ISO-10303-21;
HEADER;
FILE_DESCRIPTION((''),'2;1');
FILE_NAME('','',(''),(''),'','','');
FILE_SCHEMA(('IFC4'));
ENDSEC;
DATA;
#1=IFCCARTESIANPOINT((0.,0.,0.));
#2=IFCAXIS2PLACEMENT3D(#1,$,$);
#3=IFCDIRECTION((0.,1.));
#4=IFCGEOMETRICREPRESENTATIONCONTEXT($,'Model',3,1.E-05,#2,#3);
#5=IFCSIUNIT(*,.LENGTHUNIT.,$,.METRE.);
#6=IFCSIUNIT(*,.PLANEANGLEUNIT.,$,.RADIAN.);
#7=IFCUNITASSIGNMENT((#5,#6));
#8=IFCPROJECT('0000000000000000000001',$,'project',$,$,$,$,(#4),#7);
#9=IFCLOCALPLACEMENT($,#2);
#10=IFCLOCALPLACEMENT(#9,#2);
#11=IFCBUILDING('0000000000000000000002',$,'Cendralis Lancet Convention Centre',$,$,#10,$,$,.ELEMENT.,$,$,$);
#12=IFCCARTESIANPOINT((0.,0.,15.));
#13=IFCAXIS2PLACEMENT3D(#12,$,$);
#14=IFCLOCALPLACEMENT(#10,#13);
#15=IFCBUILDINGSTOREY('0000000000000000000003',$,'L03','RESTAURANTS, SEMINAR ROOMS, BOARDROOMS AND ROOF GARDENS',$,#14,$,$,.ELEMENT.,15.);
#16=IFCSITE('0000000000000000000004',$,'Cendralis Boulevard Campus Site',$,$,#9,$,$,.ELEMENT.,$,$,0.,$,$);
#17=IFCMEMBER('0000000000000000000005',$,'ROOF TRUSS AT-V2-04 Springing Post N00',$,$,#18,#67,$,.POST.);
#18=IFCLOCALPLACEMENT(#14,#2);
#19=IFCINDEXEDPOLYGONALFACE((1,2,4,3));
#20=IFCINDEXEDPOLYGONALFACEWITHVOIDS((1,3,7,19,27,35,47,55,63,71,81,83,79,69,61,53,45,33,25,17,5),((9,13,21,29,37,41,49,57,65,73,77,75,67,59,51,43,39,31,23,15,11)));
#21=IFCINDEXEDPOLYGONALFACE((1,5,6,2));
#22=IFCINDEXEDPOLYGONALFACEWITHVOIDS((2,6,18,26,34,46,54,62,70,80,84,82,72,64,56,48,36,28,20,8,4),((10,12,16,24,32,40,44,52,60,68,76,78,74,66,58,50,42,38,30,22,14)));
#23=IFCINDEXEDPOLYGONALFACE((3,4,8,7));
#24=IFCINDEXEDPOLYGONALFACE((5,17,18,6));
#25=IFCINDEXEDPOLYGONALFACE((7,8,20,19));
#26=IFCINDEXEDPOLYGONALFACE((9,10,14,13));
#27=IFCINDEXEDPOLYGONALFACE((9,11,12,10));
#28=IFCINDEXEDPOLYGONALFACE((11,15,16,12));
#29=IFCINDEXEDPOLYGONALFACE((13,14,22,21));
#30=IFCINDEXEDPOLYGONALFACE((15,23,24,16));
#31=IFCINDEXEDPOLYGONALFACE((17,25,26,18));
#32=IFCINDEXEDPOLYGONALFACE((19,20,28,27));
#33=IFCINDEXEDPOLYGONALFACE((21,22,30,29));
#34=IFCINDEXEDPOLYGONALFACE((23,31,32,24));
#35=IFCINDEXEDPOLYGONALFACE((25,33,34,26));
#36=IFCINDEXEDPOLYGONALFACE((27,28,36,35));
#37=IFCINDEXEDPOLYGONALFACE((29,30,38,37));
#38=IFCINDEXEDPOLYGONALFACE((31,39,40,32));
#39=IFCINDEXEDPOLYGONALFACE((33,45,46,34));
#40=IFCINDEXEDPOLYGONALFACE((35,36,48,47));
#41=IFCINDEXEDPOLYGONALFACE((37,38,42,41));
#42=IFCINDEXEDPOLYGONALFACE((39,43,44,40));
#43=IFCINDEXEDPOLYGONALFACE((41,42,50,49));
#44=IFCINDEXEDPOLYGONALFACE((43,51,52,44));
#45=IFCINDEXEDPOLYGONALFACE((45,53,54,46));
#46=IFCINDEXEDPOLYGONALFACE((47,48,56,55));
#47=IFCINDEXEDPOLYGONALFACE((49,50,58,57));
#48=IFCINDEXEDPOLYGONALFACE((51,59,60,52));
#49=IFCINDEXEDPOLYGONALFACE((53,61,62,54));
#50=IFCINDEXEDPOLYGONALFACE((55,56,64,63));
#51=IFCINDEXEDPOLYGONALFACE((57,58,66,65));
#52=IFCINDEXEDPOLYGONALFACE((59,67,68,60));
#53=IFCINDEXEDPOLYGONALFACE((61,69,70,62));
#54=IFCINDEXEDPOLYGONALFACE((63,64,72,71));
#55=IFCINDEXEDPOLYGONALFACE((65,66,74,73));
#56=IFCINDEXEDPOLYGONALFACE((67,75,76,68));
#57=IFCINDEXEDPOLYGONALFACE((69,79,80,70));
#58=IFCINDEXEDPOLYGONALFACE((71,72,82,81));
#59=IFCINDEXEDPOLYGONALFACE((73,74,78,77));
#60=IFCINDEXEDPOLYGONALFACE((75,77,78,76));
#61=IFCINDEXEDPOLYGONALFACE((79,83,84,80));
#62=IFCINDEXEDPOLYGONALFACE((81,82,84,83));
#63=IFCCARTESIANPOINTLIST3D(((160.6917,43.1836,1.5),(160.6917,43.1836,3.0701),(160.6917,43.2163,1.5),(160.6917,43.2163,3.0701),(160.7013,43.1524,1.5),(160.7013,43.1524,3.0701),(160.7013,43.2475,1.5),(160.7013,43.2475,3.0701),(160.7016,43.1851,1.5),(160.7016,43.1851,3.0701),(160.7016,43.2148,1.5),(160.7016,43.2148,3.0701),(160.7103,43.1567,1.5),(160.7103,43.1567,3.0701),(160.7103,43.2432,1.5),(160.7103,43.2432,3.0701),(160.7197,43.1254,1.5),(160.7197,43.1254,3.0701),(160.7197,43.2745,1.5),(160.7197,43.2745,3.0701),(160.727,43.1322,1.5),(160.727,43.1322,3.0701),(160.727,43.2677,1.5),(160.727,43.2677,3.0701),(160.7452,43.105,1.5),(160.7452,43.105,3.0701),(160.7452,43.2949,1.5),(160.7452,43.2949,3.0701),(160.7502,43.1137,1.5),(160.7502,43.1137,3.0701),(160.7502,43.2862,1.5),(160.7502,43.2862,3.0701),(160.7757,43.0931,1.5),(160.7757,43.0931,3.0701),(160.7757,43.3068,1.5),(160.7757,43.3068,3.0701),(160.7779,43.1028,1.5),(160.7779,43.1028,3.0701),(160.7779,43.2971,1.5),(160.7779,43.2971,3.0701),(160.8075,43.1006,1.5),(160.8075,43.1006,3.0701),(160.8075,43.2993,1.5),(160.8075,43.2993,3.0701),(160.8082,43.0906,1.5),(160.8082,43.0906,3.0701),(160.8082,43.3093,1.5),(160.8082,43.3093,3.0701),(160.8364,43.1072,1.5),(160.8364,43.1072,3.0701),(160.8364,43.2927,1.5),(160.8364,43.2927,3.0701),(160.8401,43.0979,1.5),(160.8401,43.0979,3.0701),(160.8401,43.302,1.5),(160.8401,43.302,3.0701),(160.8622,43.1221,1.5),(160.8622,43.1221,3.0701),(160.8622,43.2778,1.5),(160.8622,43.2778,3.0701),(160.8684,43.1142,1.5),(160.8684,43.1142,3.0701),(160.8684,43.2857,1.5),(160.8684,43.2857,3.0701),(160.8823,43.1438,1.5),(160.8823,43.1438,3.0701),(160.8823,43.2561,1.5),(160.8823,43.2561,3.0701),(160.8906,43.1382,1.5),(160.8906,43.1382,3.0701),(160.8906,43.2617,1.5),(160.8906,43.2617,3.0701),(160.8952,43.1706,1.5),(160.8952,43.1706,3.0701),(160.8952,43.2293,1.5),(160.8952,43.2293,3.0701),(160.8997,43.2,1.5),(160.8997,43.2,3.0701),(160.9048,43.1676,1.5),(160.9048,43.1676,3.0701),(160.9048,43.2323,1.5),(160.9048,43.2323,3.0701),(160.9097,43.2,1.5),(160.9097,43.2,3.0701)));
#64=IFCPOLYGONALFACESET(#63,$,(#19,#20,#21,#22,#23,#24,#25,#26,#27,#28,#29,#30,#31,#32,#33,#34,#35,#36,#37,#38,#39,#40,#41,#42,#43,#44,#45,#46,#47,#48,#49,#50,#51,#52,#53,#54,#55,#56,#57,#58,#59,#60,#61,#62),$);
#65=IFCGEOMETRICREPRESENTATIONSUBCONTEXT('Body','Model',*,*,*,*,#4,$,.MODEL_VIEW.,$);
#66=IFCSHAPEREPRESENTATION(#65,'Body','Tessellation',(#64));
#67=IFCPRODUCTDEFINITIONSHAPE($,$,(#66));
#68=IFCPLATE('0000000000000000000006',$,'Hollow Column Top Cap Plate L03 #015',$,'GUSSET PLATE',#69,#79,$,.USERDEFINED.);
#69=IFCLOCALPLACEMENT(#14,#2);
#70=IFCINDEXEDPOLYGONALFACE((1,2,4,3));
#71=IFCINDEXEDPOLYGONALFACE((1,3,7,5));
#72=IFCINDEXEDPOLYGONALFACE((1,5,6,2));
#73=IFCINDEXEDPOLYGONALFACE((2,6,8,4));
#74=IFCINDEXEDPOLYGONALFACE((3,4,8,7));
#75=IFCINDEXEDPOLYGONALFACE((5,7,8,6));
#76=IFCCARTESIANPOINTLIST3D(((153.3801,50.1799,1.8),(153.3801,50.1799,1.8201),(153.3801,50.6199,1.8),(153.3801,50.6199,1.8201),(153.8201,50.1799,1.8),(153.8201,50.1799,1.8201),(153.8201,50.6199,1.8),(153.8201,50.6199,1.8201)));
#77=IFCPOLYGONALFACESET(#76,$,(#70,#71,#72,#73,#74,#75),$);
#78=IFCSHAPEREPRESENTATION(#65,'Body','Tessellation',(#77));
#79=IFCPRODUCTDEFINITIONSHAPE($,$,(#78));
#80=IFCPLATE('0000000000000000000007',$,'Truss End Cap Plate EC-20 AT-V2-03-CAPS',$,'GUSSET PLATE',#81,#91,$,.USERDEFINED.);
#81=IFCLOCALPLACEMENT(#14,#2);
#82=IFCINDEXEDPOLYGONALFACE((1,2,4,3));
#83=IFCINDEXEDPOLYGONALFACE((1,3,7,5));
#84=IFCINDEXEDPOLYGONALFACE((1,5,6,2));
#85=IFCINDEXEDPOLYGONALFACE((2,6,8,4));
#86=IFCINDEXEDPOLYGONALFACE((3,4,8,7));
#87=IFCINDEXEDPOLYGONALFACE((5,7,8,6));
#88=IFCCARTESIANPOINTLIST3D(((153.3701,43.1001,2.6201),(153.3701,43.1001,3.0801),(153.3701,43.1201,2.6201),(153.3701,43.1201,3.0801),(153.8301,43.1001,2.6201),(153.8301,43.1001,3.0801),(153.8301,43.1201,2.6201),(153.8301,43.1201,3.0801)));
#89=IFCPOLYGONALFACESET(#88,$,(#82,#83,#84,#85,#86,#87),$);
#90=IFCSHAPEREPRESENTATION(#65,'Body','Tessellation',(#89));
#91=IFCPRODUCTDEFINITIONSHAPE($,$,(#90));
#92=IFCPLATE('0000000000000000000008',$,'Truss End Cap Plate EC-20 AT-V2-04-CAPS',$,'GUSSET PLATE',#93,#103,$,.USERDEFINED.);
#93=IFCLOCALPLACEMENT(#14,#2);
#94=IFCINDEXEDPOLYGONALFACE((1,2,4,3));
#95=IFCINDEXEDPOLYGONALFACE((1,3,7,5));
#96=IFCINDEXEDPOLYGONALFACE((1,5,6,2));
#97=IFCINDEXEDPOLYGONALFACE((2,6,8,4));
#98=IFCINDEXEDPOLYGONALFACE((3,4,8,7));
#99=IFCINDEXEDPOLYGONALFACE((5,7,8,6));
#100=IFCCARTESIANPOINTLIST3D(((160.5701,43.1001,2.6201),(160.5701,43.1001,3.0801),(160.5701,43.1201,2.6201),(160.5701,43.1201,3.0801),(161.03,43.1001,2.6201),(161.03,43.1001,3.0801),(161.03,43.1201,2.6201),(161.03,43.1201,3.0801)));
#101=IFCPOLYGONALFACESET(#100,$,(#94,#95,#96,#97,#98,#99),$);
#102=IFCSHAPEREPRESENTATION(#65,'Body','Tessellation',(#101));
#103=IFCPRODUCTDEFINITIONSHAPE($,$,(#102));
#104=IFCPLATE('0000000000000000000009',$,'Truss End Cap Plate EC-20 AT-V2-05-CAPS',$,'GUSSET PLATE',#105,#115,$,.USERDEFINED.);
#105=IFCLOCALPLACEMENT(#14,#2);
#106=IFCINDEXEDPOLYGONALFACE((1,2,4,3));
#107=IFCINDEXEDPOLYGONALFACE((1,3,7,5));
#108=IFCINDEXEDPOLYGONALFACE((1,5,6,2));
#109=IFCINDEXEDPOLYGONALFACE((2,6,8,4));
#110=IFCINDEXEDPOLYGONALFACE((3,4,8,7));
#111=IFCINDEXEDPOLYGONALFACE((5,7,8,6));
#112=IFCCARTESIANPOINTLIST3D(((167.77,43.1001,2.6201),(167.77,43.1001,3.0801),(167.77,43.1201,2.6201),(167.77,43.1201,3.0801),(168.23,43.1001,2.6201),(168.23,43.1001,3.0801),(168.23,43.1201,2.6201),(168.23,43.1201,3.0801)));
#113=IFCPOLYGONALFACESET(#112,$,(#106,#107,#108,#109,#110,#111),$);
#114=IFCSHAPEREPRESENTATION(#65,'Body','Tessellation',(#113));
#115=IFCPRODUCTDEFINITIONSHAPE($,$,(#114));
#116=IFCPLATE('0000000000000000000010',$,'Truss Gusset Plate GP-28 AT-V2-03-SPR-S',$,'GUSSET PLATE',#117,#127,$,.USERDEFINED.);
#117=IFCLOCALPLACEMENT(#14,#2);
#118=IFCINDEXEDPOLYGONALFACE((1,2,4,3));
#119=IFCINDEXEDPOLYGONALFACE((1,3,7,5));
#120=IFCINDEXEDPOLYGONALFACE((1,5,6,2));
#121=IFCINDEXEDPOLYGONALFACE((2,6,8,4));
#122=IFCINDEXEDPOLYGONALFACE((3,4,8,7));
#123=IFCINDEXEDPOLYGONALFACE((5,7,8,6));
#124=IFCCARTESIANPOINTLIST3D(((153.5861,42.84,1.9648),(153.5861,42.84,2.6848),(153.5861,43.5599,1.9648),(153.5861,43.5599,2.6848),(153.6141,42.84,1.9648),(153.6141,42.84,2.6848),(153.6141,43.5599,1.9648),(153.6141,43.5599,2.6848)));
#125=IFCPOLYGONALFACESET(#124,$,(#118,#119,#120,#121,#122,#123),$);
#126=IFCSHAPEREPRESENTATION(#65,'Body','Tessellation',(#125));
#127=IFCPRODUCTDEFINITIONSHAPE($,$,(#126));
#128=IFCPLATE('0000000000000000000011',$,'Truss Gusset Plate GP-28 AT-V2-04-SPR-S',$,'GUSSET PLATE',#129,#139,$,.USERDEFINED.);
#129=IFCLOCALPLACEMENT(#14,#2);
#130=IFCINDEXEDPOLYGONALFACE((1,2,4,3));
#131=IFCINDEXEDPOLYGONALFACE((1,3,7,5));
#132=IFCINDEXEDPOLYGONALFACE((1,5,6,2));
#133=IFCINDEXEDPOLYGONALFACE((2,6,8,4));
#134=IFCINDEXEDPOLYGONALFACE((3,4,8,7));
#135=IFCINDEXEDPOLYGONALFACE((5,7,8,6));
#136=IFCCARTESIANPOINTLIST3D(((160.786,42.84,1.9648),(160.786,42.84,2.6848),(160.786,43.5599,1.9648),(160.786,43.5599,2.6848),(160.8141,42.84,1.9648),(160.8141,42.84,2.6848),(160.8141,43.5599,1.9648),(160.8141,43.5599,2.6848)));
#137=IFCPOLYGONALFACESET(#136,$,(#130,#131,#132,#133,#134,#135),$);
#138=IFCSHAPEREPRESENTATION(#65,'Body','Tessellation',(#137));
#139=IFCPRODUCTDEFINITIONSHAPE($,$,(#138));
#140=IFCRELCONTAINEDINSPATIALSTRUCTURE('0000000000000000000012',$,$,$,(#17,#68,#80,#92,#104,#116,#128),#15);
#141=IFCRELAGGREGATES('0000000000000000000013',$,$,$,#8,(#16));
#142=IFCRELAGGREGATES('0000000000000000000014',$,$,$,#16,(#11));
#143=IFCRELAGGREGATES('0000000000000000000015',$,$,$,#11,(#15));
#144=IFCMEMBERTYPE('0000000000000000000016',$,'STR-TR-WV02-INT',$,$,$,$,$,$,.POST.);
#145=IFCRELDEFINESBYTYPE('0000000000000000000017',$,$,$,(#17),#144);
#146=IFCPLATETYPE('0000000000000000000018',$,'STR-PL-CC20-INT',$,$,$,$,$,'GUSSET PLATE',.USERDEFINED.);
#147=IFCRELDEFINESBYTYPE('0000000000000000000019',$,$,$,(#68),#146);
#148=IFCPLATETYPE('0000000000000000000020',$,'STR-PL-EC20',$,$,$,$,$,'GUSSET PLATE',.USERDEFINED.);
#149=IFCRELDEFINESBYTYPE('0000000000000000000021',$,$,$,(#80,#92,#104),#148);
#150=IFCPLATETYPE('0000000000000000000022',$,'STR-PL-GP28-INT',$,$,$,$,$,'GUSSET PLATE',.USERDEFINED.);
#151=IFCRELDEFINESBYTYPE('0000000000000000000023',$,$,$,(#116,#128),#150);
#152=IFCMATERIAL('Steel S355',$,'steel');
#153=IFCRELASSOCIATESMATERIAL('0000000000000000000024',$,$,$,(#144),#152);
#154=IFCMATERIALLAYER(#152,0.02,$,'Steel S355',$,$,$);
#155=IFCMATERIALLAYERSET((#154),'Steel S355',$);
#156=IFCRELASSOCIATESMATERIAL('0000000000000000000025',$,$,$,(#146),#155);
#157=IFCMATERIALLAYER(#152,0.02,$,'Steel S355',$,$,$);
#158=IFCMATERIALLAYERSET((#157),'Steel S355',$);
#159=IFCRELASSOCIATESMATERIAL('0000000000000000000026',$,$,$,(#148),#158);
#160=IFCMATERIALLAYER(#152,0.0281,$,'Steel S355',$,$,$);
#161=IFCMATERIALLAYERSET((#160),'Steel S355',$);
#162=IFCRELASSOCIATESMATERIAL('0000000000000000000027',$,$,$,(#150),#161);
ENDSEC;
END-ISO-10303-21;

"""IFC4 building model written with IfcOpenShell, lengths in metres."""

from ifc_helpers import new_model, si_unit, direction, frame, origin, origin_2d, place, context, subcontext, project, spatial, rectangle, hollow_circle, extrude, material, layer, layer_set, material_profile, profile_set, type_object, element, save


model = new_model("IFC4")

# Units and contexts
model_context = context("Model", 3, precision=1e-05, world=origin(), true_north=direction((0.0, 1.0)))
body_context = subcontext(model_context, "Body", "Model", "MODEL_VIEW")
ifc_project = project(units=[si_unit("LENGTHUNIT", "METRE"), si_unit("PLANEANGLEUNIT", "RADIAN")], contexts=[model_context])

# Site, building, storey
site_placement = place(None, origin())
site = spatial("IfcSite", under=ifc_project, at=site_placement, Name="Cendralis Boulevard Campus Site", CompositionType="ELEMENT", RefElevation=0.0)
building_placement = place(site_placement, origin())
building = spatial("IfcBuilding", under=site, at=building_placement, Name="Cendralis Lancet Convention Centre", CompositionType="ELEMENT")
storey_placement = place(building_placement, frame((0.0, 0.0, 15.0)))
storey = spatial("IfcBuildingStorey", under=building, at=storey_placement, Name="L03", Description="RESTAURANTS, SEMINAR ROOMS, BOARDROOMS AND ROOF GARDENS", CompositionType="ELEMENT", Elevation=15.0)

# Shared definitions
ifc_material_1 = material(Name="Steel S355", Category="steel")

# Member
ifc_material_profile_1 = material_profile(ifc_material_1, hollow_circle(Radius=0.1096, WallThickness=0.01, at=origin_2d()), Name="CHS 219.1x10.0")
ifc_profile_set_1 = profile_set([ifc_material_profile_1], Name="Steel S355")
member_type_1 = type_object("IfcMemberType", Name="STR-TR-WV02-INT", PredefinedType="POST", material=ifc_profile_set_1)
for number, where, z_axis, x_axis, name in (
    (1, (160.8, 43.2, 1.5), (0.0, 0.0, 1.0), (1.0, 0.0, 0.0), "ROOF TRUSS AT-V2-04 Springing Post N00"),
):
    element("IfcMember", number, at=place(storey_placement, frame(where, z_axis=z_axis, x_axis=x_axis)), inside=storey, type_object=member_type_1, Name=name, PredefinedType="POST", context=body_context, shape_type="SweptSolid", body=[
        extrude(hollow_circle(Radius=0.1096, WallThickness=0.01, at=origin_2d()), origin(), (0.0, 0.0, 1.0), 1.5701),
    ])

# Plates
ifc_layer_1 = layer(ifc_material_1, 0.02, Name="Steel S355")
ifc_layer_set_1 = layer_set([ifc_layer_1], Name="Steel S355")
plate_type_1 = type_object("IfcPlateType", Name="STR-PL-CC20-INT", ElementType="GUSSET PLATE", PredefinedType="USERDEFINED", material=ifc_layer_set_1)
plate_placement = place(storey_placement, frame((153.6001, 50.3999, 1.8), z_axis=(0.0, 0.0, 1.0), x_axis=(1.0, 0.0, 0.0)))
element("IfcPlate", 2, at=plate_placement, inside=storey, type_object=plate_type_1, Name="Hollow Column Top Cap Plate L03 #015", ObjectType="GUSSET PLATE", PredefinedType="USERDEFINED", context=body_context, shape_type="SweptSolid", body=[
    extrude(rectangle(XDim=0.4399, YDim=0.4399, at=origin_2d()), origin(), (0.0, 0.0, 1.0), 0.02),
])
ifc_layer_2 = layer(ifc_material_1, 0.02, Name="Steel S355")
ifc_layer_set_2 = layer_set([ifc_layer_2], Name="Steel S355")
plate_type_2 = type_object("IfcPlateType", Name="STR-PL-EC20", ElementType="GUSSET PLATE", PredefinedType="USERDEFINED", material=ifc_layer_set_2)
for number, where, z_axis, x_axis, name in (
    (3, (153.6001, 43.1101, 2.6201), (0.0, 0.0, 1.0), (1.0, 0.0, 0.0), "Truss End Cap Plate EC-20 AT-V2-03-CAPS"),
    (4, (160.8, 43.1101, 2.6201), (0.0, 0.0, 1.0), (1.0, 0.0, 0.0), "Truss End Cap Plate EC-20 AT-V2-04-CAPS"),
    (5, (168.0, 43.1101, 2.6201), (0.0, 0.0, 1.0), (1.0, 0.0, 0.0), "Truss End Cap Plate EC-20 AT-V2-05-CAPS"),
):
    element("IfcPlate", number, at=place(storey_placement, frame(where, z_axis=z_axis, x_axis=x_axis)), inside=storey, type_object=plate_type_2, Name=name, ObjectType="GUSSET PLATE", PredefinedType="USERDEFINED", context=body_context, shape_type="SweptSolid", body=[
        extrude(rectangle(XDim=0.46, YDim=0.02, at=origin_2d()), origin(), (0.0, 0.0, 1.0), 0.46),
    ])
ifc_layer_3 = layer(ifc_material_1, 0.0281, Name="Steel S355")
ifc_layer_set_3 = layer_set([ifc_layer_3], Name="Steel S355")
plate_type_3 = type_object("IfcPlateType", Name="STR-PL-GP28-INT", ElementType="GUSSET PLATE", PredefinedType="USERDEFINED", material=ifc_layer_set_3)
for number, where, z_axis, x_axis, name in (
    (6, (153.6001, 43.2, 1.9648), (0.0, 0.0, 1.0), (0.0, 1.0, 0.0), "Truss Gusset Plate GP-28 AT-V2-03-SPR-S"),
    (7, (160.8, 43.2, 1.9648), (0.0, 0.0, 1.0), (0.0, 1.0, 0.0), "Truss Gusset Plate GP-28 AT-V2-04-SPR-S"),
):
    element("IfcPlate", number, at=place(storey_placement, frame(where, z_axis=z_axis, x_axis=x_axis)), inside=storey, type_object=plate_type_3, Name=name, ObjectType="GUSSET PLATE", PredefinedType="USERDEFINED", context=body_context, shape_type="SweptSolid", body=[
        extrude(rectangle(XDim=0.72, YDim=0.0281, at=origin_2d()), origin(), (0.0, 0.0, 1.0), 0.72),
    ])

save(model, "model.ifc")
